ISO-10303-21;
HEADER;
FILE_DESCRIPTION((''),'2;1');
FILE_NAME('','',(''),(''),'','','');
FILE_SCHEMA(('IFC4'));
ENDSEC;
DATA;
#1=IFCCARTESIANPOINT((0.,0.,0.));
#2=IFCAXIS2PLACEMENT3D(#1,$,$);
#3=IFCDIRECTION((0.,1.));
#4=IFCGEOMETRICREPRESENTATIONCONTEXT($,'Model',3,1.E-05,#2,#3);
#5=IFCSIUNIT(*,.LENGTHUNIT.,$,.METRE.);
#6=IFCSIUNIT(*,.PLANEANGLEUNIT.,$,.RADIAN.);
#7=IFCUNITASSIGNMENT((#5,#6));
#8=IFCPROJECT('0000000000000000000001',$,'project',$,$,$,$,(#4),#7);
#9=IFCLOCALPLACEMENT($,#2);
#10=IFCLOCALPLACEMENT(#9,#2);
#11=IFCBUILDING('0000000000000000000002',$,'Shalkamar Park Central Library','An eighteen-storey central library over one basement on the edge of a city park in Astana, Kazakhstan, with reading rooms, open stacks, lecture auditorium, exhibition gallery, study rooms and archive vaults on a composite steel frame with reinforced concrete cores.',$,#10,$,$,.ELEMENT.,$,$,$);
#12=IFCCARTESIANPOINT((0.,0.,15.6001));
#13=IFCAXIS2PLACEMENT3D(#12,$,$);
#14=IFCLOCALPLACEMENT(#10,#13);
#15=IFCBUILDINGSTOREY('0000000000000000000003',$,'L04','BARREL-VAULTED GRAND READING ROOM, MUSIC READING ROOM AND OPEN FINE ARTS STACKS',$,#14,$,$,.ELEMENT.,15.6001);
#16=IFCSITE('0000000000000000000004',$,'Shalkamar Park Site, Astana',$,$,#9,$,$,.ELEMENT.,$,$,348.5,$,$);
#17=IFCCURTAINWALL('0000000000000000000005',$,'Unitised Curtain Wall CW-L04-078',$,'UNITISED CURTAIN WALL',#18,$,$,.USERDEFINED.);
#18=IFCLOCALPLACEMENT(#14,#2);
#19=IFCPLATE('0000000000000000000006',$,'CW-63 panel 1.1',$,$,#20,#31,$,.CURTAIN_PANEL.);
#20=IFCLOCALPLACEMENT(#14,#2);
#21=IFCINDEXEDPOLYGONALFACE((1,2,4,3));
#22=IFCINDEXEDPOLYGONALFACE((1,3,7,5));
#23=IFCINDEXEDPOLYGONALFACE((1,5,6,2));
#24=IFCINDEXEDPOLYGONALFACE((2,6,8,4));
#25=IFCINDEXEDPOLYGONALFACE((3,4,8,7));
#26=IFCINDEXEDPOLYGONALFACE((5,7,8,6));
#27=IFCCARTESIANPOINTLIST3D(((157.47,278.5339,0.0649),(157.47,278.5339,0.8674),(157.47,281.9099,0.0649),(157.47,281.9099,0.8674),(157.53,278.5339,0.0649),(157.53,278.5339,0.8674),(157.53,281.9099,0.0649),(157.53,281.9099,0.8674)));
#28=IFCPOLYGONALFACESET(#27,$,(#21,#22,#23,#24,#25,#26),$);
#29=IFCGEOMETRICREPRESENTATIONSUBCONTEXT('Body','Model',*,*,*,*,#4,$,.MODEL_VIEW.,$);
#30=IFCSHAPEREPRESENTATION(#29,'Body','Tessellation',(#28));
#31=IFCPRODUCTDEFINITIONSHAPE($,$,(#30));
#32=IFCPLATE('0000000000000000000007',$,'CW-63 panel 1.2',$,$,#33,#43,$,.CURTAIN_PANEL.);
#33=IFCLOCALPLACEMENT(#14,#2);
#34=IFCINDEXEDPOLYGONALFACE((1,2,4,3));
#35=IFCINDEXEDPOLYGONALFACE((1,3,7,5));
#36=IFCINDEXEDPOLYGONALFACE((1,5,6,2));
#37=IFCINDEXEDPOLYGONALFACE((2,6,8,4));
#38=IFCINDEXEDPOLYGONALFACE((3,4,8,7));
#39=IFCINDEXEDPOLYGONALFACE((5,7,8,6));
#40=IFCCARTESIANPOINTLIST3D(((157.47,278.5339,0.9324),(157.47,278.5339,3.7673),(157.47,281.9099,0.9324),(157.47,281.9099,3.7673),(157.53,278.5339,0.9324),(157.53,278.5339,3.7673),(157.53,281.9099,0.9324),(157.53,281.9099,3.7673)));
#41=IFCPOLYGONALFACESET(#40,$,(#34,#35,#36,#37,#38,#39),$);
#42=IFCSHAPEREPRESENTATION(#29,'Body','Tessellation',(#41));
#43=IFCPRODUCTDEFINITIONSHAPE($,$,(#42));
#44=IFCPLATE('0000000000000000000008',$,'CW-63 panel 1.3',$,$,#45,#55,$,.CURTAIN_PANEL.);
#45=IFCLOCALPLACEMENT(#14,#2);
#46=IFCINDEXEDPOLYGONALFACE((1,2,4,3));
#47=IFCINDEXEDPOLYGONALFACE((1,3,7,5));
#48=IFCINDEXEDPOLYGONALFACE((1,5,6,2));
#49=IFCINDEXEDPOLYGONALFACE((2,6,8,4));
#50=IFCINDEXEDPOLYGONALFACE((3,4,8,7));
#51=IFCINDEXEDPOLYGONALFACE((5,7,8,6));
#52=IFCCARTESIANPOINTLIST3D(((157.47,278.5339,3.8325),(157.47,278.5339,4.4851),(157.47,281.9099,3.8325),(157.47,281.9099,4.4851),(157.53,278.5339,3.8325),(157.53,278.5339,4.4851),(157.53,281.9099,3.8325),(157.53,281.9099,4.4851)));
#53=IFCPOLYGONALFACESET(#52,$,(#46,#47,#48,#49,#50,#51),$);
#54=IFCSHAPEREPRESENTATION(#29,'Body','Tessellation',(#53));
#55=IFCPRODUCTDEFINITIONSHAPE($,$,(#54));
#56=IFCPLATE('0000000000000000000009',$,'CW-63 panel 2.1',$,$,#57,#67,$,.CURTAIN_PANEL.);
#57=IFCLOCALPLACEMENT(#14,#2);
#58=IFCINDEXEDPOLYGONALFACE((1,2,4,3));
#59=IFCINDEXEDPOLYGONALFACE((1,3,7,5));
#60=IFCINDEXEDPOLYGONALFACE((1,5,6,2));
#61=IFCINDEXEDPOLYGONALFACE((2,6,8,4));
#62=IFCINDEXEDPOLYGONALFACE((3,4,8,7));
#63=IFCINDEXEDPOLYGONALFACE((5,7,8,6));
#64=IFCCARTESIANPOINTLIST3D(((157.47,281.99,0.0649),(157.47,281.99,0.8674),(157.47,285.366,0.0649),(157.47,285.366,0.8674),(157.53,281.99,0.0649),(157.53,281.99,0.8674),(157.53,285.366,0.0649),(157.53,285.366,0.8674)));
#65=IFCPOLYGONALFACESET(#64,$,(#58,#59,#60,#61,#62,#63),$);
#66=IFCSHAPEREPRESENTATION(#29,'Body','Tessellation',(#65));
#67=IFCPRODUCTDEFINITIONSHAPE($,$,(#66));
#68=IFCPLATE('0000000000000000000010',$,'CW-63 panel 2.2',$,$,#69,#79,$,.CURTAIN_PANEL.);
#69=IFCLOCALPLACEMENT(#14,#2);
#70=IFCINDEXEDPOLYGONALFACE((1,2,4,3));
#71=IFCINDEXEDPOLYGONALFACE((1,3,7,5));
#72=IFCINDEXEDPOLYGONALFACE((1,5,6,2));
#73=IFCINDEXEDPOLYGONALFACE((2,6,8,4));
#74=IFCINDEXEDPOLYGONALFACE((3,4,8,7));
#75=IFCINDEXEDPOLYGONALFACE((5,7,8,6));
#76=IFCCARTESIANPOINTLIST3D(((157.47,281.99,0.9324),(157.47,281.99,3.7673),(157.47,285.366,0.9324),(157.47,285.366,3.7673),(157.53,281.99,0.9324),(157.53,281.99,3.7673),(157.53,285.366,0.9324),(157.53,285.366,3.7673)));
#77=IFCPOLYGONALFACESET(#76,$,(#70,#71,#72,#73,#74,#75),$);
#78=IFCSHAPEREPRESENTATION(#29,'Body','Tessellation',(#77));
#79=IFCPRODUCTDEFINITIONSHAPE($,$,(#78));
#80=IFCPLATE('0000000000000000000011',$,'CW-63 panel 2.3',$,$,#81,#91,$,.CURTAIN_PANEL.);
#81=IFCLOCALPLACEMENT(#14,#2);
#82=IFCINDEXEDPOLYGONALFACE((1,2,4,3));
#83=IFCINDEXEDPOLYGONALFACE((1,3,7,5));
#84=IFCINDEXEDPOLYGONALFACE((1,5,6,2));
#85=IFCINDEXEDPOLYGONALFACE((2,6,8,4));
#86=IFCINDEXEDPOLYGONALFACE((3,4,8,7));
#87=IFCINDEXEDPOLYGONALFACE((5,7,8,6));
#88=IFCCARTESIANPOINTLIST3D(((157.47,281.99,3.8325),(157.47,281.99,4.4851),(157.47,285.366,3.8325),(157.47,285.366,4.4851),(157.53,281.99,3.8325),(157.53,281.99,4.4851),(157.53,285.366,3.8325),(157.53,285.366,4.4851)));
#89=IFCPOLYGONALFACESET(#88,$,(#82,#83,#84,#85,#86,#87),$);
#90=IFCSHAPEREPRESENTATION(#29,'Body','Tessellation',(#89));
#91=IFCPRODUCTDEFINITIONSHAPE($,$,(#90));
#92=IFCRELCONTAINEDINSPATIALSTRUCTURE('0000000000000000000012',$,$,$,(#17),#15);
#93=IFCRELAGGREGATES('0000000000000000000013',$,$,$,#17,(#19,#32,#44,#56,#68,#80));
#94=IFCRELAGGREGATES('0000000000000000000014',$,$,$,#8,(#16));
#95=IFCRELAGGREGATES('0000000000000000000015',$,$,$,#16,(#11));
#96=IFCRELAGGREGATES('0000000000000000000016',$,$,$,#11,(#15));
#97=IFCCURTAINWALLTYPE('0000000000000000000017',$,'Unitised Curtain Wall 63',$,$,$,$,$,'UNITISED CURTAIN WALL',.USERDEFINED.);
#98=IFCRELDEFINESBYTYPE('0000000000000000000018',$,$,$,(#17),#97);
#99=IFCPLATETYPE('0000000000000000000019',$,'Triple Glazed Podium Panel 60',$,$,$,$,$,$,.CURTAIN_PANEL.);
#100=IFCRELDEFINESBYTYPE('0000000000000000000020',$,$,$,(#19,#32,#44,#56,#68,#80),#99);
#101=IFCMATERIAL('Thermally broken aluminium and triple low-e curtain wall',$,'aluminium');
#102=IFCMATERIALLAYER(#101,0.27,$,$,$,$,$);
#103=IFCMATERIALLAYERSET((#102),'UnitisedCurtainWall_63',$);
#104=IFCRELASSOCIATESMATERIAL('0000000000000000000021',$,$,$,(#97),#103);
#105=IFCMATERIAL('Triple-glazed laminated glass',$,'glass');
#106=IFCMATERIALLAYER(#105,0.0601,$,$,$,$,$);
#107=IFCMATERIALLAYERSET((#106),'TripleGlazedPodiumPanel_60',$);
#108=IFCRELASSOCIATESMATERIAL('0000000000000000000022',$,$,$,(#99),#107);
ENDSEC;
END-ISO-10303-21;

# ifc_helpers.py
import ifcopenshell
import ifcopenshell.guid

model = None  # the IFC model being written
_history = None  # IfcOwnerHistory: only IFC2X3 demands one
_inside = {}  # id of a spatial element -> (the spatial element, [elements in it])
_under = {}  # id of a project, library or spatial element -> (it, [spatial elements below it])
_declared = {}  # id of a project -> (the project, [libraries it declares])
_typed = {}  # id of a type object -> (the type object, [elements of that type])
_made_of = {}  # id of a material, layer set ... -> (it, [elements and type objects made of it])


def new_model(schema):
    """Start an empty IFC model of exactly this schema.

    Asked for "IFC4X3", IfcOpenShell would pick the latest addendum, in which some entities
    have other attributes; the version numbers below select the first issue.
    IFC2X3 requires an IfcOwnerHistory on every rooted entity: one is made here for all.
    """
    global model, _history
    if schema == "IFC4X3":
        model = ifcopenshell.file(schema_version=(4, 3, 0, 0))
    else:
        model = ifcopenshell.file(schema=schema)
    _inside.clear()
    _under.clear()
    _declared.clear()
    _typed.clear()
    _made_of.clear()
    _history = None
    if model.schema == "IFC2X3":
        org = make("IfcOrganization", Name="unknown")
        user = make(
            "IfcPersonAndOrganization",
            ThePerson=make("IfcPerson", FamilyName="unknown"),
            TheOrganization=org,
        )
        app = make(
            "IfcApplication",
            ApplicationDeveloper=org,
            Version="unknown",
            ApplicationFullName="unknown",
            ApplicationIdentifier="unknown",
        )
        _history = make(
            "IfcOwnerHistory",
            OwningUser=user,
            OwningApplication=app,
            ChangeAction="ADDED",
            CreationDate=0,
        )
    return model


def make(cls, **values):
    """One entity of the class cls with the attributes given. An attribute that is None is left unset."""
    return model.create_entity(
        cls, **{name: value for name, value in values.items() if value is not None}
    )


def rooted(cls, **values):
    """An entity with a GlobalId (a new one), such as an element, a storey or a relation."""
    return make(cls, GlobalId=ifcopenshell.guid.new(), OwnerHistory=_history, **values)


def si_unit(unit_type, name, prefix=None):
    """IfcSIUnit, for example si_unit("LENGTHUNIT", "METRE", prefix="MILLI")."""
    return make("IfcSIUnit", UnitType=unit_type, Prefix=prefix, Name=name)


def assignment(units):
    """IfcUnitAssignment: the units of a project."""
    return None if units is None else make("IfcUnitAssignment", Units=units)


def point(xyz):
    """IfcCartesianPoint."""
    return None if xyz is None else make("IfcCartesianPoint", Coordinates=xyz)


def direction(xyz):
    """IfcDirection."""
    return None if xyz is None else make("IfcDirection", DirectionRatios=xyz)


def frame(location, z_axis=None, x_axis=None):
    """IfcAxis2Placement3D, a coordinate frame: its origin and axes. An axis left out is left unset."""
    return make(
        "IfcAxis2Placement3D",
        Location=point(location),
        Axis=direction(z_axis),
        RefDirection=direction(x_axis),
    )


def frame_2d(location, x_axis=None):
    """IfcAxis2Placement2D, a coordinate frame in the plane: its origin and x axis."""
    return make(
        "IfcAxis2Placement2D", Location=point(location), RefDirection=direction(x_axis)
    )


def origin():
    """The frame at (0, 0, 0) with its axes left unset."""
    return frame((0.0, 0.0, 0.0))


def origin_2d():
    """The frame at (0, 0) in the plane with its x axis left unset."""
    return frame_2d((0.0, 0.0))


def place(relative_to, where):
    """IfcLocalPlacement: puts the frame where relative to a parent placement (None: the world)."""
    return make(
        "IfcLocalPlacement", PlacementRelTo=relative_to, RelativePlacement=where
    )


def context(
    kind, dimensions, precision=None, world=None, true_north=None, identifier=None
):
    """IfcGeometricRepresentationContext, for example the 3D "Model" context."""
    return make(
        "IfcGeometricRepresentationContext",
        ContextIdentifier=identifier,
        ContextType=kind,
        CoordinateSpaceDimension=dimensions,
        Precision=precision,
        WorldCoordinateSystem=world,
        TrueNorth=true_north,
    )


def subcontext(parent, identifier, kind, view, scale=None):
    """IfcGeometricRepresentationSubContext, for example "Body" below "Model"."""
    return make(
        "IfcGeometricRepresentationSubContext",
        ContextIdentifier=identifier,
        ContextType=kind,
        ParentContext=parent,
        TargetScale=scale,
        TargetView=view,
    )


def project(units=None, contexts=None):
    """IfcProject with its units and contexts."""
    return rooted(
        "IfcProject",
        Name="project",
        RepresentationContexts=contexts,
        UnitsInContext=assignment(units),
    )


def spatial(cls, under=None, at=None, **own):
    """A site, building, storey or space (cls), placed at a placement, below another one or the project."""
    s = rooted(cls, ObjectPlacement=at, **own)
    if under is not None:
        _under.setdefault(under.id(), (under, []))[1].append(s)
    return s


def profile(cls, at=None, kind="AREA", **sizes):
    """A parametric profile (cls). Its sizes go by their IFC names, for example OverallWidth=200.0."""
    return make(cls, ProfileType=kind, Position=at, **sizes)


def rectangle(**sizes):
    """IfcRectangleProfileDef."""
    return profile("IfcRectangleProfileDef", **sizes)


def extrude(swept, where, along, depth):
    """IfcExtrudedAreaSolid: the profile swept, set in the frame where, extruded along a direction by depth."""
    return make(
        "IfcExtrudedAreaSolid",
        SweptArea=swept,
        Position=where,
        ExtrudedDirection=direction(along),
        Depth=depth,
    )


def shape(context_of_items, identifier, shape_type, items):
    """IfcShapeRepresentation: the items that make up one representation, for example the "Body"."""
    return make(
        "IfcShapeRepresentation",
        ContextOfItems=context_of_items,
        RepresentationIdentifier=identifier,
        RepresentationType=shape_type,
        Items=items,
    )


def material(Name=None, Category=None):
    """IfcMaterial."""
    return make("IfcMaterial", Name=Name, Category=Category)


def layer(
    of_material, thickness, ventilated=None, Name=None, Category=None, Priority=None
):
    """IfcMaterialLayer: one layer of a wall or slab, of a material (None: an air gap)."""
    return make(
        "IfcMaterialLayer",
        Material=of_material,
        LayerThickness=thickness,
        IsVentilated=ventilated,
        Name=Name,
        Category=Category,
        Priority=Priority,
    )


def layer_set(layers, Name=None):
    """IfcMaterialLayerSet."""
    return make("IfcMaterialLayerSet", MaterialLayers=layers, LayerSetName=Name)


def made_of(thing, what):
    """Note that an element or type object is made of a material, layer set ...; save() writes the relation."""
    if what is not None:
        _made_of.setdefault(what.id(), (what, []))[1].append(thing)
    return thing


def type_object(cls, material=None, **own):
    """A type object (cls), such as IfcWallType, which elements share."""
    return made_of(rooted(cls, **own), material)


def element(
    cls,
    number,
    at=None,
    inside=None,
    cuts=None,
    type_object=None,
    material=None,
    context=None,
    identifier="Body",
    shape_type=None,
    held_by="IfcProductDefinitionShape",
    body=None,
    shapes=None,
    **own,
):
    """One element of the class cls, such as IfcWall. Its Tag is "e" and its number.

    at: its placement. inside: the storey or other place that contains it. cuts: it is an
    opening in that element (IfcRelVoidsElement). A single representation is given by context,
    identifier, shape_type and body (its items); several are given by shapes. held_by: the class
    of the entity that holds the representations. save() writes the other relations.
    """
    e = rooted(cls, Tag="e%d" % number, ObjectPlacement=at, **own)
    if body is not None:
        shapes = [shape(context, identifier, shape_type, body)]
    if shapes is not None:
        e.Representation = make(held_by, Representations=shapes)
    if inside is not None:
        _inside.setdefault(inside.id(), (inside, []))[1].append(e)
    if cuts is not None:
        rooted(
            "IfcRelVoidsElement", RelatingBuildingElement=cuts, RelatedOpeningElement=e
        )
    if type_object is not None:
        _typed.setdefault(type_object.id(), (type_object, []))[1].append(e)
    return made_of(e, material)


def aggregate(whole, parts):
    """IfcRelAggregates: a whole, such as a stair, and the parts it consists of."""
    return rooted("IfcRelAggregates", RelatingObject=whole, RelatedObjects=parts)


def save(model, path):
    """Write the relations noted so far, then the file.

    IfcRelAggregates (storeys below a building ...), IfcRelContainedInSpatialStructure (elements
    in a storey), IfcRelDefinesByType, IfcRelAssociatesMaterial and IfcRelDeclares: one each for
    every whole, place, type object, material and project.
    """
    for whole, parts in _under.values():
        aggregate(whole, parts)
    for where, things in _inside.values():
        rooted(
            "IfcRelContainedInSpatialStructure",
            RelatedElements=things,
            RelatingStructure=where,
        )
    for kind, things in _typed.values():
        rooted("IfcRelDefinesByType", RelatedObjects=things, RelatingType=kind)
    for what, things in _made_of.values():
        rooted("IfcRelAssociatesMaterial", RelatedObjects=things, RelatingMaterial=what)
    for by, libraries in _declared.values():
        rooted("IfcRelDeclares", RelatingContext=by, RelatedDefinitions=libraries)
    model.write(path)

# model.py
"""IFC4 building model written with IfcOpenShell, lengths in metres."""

from ifc_helpers import new_model, si_unit, direction, frame, origin, origin_2d, place, context, subcontext, project, spatial, rectangle, extrude, material, layer, layer_set, type_object, element, aggregate, save


model = new_model("IFC4")

# Units and contexts
model_context = context("Model", 3, precision=1e-05, world=origin(), true_north=direction((0.0, 1.0)))
body_context = subcontext(model_context, "Body", "Model", "MODEL_VIEW")
ifc_project = project(units=[si_unit("LENGTHUNIT", "METRE"), si_unit("PLANEANGLEUNIT", "RADIAN")], contexts=[model_context])

# Site, building, storey
site_placement = place(None, origin())
site = spatial("IfcSite", under=ifc_project, at=site_placement, Name="Shalkamar Park Site, Astana", CompositionType="ELEMENT", RefElevation=348.5)
building_placement = place(site_placement, origin())
building = spatial("IfcBuilding", under=site, at=building_placement, Name="Shalkamar Park Central Library", Description="An eighteen-storey central library over one basement on the edge of a city park in Astana, Kazakhstan, with reading rooms, open stacks, lecture auditorium, exhibition gallery, study rooms and archive vaults on a composite steel frame with reinforced concrete cores.", CompositionType="ELEMENT")
storey_placement = place(building_placement, frame((0.0, 0.0, 15.6001)))
storey = spatial("IfcBuildingStorey", under=building, at=storey_placement, Name="L04", Description="BARREL-VAULTED GRAND READING ROOM, MUSIC READING ROOM AND OPEN FINE ARTS STACKS", CompositionType="ELEMENT", Elevation=15.6001)

# Curtain wall
ifc_material_1 = material(Name="Thermally broken aluminium and triple low-e curtain wall", Category="aluminium")
ifc_layer_1 = layer(ifc_material_1, 0.27)
ifc_layer_set_1 = layer_set([ifc_layer_1], Name="UnitisedCurtainWall_63")
curtain_wall_type = type_object("IfcCurtainWallType", Name="Unitised Curtain Wall 63", ElementType="UNITISED CURTAIN WALL", PredefinedType="USERDEFINED", material=ifc_layer_set_1)
curtain_wall_placement = place(storey_placement, origin())
curtain_wall = element("IfcCurtainWall", 1, at=curtain_wall_placement, inside=storey, type_object=curtain_wall_type, Name="Unitised Curtain Wall CW-L04-078", ObjectType="UNITISED CURTAIN WALL", PredefinedType="USERDEFINED")

# Plates
ifc_material_2 = material(Name="Triple-glazed laminated glass", Category="glass")
ifc_layer_2 = layer(ifc_material_2, 0.0601)
ifc_layer_set_2 = layer_set([ifc_layer_2], Name="TripleGlazedPodiumPanel_60")
plate_type = type_object("IfcPlateType", Name="Triple Glazed Podium Panel 60", PredefinedType="CURTAIN_PANEL", material=ifc_layer_set_2)
plate_1_placement = place(storey_placement, frame((157.5, 280.2219, 0.0649), z_axis=(0.0, 0.0, 1.0), x_axis=(0.0, 1.0, 0.0)))
plate_1 = element("IfcPlate", 2, at=plate_1_placement, type_object=plate_type, Name="CW-63 panel 1.1", PredefinedType="CURTAIN_PANEL", context=body_context, shape_type="SweptSolid", body=[
    extrude(rectangle(XDim=3.376, YDim=0.0601, at=origin_2d()), origin(), (0.0, 0.0, 1.0), 0.8025),
])
plate_2_placement = place(storey_placement, frame((157.5, 280.2219, 0.9324), z_axis=(0.0, 0.0, 1.0), x_axis=(0.0, 1.0, 0.0)))
plate_2 = element("IfcPlate", 3, at=plate_2_placement, type_object=plate_type, Name="CW-63 panel 1.2", PredefinedType="CURTAIN_PANEL", context=body_context, shape_type="SweptSolid", body=[
    extrude(rectangle(XDim=3.376, YDim=0.0601, at=origin_2d()), origin(), (0.0, 0.0, 1.0), 2.835),
])
plate_3_placement = place(storey_placement, frame((157.5, 280.2219, 3.8325), z_axis=(0.0, 0.0, 1.0), x_axis=(0.0, 1.0, 0.0)))
plate_3 = element("IfcPlate", 4, at=plate_3_placement, type_object=plate_type, Name="CW-63 panel 1.3", PredefinedType="CURTAIN_PANEL", context=body_context, shape_type="SweptSolid", body=[
    extrude(rectangle(XDim=3.376, YDim=0.0601, at=origin_2d()), origin(), (0.0, 0.0, 1.0), 0.6526),
])
plate_4_placement = place(storey_placement, frame((157.5, 283.678, 0.0649), z_axis=(0.0, 0.0, 1.0), x_axis=(0.0, 1.0, 0.0)))
plate_4 = element("IfcPlate", 5, at=plate_4_placement, type_object=plate_type, Name="CW-63 panel 2.1", PredefinedType="CURTAIN_PANEL", context=body_context, shape_type="SweptSolid", body=[
    extrude(rectangle(XDim=3.376, YDim=0.0601, at=origin_2d()), origin(), (0.0, 0.0, 1.0), 0.8025),
])
plate_5_placement = place(storey_placement, frame((157.5, 283.678, 0.9324), z_axis=(0.0, 0.0, 1.0), x_axis=(0.0, 1.0, 0.0)))
plate_5 = element("IfcPlate", 6, at=plate_5_placement, type_object=plate_type, Name="CW-63 panel 2.2", PredefinedType="CURTAIN_PANEL", context=body_context, shape_type="SweptSolid", body=[
    extrude(rectangle(XDim=3.376, YDim=0.0601, at=origin_2d()), origin(), (0.0, 0.0, 1.0), 2.835),
])
plate_6_placement = place(storey_placement, frame((157.5, 283.678, 3.8325), z_axis=(0.0, 0.0, 1.0), x_axis=(0.0, 1.0, 0.0)))
plate_6 = element("IfcPlate", 7, at=plate_6_placement, type_object=plate_type, Name="CW-63 panel 2.3", PredefinedType="CURTAIN_PANEL", context=body_context, shape_type="SweptSolid", body=[
    extrude(rectangle(XDim=3.376, YDim=0.0601, at=origin_2d()), origin(), (0.0, 0.0, 1.0), 0.6526),
])
aggregate(curtain_wall, [plate_1, plate_2, plate_3, plate_4, plate_5, plate_6])

save(model, "model.ifc")
